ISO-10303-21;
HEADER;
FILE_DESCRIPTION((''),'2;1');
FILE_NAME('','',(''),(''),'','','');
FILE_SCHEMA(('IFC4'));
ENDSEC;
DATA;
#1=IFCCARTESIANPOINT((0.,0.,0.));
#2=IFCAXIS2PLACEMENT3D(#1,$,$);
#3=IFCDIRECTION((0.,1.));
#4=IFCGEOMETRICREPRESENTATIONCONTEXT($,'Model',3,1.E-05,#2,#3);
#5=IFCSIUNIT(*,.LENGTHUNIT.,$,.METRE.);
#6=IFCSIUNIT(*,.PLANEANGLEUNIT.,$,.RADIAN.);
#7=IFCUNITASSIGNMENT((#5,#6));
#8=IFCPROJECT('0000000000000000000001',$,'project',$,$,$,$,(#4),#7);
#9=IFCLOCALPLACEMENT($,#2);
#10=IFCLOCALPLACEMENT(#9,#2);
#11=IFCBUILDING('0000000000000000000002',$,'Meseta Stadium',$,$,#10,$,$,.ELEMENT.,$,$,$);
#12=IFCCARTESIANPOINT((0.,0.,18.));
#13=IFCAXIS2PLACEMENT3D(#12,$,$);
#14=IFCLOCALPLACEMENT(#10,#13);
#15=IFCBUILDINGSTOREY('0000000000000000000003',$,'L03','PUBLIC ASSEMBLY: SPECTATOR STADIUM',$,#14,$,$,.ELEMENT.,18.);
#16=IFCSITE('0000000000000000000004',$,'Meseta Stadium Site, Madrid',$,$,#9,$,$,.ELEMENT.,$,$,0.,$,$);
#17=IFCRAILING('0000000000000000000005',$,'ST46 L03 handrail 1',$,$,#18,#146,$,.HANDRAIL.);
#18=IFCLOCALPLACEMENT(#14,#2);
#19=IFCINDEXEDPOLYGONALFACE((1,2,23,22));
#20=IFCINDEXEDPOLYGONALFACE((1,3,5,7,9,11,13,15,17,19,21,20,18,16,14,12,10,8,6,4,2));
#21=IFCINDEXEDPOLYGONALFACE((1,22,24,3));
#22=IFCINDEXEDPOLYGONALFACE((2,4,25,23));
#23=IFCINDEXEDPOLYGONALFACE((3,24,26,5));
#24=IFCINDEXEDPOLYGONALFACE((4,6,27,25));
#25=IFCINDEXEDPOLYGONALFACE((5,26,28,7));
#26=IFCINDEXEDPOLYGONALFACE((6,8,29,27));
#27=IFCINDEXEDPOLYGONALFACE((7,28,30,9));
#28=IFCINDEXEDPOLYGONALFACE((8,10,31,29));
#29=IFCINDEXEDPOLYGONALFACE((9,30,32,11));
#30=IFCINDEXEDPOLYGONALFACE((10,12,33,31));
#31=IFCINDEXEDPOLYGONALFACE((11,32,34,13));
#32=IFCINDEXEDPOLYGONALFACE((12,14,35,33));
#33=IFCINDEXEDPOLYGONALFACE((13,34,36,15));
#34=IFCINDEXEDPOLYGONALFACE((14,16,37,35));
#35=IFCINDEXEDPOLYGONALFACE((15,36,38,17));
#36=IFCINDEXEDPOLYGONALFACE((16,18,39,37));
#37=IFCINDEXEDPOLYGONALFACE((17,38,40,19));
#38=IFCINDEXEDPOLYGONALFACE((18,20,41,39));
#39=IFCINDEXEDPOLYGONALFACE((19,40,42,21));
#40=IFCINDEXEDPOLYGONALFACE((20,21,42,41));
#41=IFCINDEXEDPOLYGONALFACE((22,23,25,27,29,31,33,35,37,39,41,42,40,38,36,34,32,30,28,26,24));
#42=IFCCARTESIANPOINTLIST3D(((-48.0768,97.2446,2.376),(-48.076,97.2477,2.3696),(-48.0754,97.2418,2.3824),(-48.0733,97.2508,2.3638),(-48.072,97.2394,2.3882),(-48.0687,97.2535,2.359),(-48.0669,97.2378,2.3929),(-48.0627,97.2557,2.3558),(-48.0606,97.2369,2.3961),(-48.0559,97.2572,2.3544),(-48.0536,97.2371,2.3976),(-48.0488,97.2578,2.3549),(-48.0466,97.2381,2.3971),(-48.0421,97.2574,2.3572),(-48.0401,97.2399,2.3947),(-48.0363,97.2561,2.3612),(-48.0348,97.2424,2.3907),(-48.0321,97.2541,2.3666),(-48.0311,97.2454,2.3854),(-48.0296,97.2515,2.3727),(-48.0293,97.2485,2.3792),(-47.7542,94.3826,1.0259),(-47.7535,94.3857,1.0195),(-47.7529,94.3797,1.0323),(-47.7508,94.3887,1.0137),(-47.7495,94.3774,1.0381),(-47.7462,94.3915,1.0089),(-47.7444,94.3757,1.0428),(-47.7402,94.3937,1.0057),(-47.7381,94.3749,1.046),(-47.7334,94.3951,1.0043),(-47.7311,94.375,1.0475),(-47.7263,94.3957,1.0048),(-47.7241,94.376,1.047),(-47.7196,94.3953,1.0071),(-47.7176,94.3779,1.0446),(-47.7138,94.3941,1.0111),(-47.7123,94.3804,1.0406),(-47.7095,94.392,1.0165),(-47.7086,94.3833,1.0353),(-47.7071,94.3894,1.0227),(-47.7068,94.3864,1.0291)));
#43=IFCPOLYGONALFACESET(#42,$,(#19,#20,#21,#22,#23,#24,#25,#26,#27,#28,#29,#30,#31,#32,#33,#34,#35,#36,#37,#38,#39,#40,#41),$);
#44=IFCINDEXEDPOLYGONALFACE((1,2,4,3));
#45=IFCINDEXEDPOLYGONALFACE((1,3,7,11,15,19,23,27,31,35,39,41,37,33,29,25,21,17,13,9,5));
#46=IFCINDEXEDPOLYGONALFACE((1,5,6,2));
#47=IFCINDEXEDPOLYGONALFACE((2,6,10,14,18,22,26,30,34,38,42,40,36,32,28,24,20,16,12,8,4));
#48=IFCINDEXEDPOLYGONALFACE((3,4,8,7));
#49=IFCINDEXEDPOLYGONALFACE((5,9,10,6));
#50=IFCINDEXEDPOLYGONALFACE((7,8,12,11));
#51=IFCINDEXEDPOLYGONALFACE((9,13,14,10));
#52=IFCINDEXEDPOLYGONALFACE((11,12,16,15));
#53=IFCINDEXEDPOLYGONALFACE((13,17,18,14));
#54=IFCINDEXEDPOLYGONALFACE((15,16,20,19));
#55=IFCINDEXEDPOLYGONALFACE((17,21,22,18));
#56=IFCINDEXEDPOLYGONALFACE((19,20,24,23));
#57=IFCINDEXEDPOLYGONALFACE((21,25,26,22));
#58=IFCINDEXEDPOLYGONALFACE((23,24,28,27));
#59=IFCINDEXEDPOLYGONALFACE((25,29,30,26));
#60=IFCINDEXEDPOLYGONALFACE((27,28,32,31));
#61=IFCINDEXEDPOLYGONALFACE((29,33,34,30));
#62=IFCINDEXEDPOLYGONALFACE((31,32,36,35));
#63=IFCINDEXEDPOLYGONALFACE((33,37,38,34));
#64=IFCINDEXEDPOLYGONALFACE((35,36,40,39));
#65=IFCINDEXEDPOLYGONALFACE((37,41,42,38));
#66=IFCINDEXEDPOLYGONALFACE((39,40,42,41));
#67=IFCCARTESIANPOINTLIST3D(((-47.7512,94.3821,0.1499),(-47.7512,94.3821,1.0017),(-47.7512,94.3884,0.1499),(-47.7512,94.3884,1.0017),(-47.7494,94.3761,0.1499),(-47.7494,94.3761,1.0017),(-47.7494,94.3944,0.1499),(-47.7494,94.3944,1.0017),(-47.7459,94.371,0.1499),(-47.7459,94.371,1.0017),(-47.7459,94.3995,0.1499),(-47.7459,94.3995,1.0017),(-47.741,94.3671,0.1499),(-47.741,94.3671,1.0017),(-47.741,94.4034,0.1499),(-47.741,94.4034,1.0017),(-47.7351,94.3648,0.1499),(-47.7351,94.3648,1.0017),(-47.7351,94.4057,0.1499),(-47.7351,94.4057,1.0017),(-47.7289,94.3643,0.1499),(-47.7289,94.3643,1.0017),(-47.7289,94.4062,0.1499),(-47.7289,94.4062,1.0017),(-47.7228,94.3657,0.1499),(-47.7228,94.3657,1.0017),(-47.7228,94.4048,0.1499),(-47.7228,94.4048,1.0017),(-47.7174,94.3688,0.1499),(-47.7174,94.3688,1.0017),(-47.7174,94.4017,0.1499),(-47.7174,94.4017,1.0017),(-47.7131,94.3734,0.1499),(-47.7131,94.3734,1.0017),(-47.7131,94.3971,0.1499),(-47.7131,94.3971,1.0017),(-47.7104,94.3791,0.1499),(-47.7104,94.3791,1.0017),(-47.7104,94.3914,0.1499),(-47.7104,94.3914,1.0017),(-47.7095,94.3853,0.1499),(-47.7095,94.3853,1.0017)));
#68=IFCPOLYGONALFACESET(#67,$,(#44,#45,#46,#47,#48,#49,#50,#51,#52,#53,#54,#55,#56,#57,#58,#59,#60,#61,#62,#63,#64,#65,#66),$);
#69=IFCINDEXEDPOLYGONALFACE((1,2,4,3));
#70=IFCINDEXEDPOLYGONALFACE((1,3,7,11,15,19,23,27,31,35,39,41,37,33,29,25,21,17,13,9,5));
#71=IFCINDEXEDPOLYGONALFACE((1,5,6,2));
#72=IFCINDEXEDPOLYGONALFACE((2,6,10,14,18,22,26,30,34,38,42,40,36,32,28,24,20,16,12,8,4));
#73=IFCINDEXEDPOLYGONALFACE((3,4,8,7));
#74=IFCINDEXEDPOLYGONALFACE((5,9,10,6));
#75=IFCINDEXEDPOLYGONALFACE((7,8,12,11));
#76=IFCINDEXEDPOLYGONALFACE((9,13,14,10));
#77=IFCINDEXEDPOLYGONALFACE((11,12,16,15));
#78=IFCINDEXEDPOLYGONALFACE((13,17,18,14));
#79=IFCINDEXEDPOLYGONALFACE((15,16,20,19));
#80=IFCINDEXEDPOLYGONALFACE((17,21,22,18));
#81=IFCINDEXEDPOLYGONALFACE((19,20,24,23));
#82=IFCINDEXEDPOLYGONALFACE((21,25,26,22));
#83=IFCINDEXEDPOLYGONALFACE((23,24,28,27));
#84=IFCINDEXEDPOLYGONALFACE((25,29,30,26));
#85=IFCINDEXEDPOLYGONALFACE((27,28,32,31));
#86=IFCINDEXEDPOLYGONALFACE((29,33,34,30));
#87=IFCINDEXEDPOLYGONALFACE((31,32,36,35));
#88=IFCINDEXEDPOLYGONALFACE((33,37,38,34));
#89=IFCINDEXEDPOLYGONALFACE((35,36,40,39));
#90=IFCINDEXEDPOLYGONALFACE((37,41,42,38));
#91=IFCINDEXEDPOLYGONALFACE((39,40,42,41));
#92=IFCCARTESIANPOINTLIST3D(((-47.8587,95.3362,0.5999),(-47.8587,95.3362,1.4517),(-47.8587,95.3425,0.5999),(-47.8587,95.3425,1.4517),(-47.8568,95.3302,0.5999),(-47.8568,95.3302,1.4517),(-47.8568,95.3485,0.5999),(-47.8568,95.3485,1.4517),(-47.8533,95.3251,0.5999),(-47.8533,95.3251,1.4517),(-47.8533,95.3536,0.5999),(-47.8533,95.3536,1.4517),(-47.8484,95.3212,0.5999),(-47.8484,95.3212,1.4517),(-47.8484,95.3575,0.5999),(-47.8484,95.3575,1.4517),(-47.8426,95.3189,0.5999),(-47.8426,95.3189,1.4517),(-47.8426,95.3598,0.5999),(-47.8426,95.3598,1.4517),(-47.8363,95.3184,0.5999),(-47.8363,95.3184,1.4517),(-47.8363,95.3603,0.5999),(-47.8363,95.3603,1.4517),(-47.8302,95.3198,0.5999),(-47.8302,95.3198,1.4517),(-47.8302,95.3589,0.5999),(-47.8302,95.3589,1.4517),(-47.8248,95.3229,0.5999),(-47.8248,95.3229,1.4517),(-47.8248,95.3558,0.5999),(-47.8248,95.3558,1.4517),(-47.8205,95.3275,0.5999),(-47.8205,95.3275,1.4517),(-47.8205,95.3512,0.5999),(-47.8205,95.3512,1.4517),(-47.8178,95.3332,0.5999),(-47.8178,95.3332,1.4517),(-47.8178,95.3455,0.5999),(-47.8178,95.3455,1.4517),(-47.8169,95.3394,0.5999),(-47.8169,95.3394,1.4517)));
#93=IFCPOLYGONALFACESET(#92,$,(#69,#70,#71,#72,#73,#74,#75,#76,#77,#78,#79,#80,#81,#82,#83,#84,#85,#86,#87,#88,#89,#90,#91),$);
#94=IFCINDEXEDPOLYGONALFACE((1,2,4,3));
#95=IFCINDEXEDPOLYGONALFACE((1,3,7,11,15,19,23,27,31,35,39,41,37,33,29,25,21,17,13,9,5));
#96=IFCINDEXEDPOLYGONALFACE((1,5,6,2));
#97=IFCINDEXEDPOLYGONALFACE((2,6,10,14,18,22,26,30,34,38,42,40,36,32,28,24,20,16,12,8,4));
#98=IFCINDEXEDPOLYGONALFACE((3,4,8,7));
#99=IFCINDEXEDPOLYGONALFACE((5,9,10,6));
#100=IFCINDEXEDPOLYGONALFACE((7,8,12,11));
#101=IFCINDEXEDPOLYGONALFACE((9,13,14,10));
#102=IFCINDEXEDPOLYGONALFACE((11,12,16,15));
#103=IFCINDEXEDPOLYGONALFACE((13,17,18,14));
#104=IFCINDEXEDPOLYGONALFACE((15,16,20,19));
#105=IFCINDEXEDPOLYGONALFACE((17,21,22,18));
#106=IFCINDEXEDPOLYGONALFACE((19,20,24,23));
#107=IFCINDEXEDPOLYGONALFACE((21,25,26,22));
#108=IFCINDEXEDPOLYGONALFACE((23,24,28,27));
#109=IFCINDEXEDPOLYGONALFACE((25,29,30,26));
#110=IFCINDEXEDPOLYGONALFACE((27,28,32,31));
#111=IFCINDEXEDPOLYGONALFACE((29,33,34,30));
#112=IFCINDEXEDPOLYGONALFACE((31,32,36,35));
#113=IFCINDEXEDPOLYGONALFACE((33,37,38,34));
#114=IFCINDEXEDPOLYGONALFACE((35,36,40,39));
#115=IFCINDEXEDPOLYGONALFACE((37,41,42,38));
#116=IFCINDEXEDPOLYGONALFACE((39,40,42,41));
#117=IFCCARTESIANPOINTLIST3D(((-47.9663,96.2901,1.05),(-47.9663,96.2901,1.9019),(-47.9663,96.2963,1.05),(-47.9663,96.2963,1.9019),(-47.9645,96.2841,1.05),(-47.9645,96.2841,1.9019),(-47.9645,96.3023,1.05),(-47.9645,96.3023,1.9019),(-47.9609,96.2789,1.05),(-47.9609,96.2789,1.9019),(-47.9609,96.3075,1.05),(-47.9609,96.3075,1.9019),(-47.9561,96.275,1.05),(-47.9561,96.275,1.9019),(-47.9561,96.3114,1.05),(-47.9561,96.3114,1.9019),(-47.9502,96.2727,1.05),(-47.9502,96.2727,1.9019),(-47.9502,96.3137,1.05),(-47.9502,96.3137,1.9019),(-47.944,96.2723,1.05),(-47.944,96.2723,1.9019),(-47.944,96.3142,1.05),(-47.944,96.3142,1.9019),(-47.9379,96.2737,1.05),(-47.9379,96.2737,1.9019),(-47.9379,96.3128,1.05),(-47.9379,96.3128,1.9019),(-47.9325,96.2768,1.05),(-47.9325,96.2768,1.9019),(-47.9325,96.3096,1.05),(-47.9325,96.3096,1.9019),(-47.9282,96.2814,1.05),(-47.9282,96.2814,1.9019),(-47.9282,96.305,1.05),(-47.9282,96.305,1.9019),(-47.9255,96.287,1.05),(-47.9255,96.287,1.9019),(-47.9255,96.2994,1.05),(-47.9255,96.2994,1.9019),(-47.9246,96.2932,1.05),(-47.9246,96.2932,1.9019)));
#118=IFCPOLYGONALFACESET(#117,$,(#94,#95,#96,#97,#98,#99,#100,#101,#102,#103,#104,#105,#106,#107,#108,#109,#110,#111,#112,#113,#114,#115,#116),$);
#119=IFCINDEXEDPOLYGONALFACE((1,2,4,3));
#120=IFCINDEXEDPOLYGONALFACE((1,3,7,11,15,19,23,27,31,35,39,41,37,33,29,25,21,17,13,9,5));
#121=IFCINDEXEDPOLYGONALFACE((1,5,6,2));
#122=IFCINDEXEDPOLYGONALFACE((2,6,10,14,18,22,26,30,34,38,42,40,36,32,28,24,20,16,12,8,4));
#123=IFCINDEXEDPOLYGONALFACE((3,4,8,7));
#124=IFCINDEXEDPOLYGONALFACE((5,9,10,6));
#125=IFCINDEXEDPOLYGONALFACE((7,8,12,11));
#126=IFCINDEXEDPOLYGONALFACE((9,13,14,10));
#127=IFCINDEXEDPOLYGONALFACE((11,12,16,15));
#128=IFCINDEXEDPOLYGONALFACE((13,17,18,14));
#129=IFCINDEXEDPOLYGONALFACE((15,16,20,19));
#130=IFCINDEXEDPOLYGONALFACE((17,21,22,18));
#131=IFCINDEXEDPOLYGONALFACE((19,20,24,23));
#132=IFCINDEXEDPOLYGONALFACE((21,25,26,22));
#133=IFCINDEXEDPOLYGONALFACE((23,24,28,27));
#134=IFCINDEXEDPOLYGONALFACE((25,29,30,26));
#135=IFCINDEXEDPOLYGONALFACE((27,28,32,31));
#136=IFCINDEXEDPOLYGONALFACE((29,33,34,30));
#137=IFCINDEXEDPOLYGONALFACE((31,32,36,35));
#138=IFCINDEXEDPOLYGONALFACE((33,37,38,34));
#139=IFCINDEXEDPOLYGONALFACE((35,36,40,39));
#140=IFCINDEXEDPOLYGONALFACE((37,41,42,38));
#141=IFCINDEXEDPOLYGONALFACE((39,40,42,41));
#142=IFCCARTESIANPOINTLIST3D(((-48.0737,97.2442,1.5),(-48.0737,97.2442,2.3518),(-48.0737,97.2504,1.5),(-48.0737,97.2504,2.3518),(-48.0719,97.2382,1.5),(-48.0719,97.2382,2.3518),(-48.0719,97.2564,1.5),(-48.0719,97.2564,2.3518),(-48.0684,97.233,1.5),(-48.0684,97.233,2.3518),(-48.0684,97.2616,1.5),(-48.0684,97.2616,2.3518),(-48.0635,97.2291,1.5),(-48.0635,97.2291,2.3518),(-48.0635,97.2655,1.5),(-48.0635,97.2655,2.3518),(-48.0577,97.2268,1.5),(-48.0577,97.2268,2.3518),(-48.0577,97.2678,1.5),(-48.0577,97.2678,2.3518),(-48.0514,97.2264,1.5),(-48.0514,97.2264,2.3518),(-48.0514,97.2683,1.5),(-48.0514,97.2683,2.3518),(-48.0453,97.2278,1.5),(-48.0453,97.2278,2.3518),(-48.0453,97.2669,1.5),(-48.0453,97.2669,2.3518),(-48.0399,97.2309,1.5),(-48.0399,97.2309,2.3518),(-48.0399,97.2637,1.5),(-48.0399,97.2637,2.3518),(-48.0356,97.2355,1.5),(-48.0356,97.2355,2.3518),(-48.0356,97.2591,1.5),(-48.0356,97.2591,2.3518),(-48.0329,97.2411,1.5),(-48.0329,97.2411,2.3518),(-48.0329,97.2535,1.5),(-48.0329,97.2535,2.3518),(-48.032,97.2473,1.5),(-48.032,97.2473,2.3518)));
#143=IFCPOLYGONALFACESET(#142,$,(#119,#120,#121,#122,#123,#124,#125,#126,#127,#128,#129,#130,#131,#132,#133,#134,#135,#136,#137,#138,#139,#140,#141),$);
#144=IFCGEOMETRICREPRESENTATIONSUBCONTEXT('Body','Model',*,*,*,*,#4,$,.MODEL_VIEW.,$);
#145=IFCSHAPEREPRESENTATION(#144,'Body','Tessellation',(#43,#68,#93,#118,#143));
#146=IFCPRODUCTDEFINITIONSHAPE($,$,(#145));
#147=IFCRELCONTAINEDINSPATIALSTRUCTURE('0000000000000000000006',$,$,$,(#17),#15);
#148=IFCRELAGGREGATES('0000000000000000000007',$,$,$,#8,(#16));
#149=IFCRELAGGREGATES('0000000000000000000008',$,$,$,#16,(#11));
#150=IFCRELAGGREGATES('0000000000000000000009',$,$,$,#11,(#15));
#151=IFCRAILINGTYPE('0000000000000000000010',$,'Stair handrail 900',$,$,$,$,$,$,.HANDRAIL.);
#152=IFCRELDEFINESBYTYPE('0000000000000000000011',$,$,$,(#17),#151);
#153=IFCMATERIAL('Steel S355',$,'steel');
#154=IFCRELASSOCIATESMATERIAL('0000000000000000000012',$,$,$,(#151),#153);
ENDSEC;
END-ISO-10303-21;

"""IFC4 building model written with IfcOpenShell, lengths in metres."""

from ifc_helpers import new_model, si_unit, direction, frame, origin, origin_2d, place, context, subcontext, project, spatial, circle, extrude, material, type_object, element, save


model = new_model("IFC4")

# Units and contexts
model_context = context("Model", 3, precision=1e-05, world=origin(), true_north=direction((0.0, 1.0)))
body_context = subcontext(model_context, "Body", "Model", "MODEL_VIEW")
ifc_project = project(units=[si_unit("LENGTHUNIT", "METRE"), si_unit("PLANEANGLEUNIT", "RADIAN")], contexts=[model_context])

# Site, building, storey
site_placement = place(None, origin())
site = spatial("IfcSite", under=ifc_project, at=site_placement, Name="Meseta Stadium Site, Madrid", CompositionType="ELEMENT", RefElevation=0.0)
building_placement = place(site_placement, origin())
building = spatial("IfcBuilding", under=site, at=building_placement, Name="Meseta Stadium", CompositionType="ELEMENT")
storey_placement = place(building_placement, frame((0.0, 0.0, 18.0)))
storey = spatial("IfcBuildingStorey", under=building, at=storey_placement, Name="L03", Description="PUBLIC ASSEMBLY: SPECTATOR STADIUM", CompositionType="ELEMENT", Elevation=18.0)

# Railing
ifc_material_1 = material(Name="Steel S355", Category="steel")
railing_type_1 = type_object("IfcRailingType", Name="Stair handrail 900", PredefinedType="HANDRAIL", material=ifc_material_1)
for number, where, name in (
    (1, (-47.7305, 94.3853, 0.1499), "ST46 L03 handrail 1"),
):
    element("IfcRailing", number, at=place(storey_placement, frame(where)), inside=storey, type_object=railing_type_1, Name=name, PredefinedType="HANDRAIL", context=body_context, shape_type="SweptSolid", body=[
        extrude(circle(Radius=0.0239, at=origin_2d()), frame((0.0, 0.0, 0.876), z_axis=(-0.101389, 0.899763, 0.424438), x_axis=(-0.993711, -0.111976, 0.0)), (0.0, 0.0, 1.0), 3.1809),
        extrude(circle(Radius=0.021, at=origin_2d()), origin(), (0.0, 0.0, 1.0), 0.8518),
        extrude(circle(Radius=0.021, at=origin_2d()), frame((-0.1074, 0.9541, 0.45)), (0.0, 0.0, 1.0), 0.8518),
        extrude(circle(Radius=0.021, at=origin_2d()), frame((-0.2151, 1.908, 0.9001)), (0.0, 0.0, 1.0), 0.8518),
        extrude(circle(Radius=0.021, at=origin_2d()), frame((-0.3225, 2.8621, 1.3501)), (0.0, 0.0, 1.0), 0.8518),
    ])

save(model, "model.ifc")
